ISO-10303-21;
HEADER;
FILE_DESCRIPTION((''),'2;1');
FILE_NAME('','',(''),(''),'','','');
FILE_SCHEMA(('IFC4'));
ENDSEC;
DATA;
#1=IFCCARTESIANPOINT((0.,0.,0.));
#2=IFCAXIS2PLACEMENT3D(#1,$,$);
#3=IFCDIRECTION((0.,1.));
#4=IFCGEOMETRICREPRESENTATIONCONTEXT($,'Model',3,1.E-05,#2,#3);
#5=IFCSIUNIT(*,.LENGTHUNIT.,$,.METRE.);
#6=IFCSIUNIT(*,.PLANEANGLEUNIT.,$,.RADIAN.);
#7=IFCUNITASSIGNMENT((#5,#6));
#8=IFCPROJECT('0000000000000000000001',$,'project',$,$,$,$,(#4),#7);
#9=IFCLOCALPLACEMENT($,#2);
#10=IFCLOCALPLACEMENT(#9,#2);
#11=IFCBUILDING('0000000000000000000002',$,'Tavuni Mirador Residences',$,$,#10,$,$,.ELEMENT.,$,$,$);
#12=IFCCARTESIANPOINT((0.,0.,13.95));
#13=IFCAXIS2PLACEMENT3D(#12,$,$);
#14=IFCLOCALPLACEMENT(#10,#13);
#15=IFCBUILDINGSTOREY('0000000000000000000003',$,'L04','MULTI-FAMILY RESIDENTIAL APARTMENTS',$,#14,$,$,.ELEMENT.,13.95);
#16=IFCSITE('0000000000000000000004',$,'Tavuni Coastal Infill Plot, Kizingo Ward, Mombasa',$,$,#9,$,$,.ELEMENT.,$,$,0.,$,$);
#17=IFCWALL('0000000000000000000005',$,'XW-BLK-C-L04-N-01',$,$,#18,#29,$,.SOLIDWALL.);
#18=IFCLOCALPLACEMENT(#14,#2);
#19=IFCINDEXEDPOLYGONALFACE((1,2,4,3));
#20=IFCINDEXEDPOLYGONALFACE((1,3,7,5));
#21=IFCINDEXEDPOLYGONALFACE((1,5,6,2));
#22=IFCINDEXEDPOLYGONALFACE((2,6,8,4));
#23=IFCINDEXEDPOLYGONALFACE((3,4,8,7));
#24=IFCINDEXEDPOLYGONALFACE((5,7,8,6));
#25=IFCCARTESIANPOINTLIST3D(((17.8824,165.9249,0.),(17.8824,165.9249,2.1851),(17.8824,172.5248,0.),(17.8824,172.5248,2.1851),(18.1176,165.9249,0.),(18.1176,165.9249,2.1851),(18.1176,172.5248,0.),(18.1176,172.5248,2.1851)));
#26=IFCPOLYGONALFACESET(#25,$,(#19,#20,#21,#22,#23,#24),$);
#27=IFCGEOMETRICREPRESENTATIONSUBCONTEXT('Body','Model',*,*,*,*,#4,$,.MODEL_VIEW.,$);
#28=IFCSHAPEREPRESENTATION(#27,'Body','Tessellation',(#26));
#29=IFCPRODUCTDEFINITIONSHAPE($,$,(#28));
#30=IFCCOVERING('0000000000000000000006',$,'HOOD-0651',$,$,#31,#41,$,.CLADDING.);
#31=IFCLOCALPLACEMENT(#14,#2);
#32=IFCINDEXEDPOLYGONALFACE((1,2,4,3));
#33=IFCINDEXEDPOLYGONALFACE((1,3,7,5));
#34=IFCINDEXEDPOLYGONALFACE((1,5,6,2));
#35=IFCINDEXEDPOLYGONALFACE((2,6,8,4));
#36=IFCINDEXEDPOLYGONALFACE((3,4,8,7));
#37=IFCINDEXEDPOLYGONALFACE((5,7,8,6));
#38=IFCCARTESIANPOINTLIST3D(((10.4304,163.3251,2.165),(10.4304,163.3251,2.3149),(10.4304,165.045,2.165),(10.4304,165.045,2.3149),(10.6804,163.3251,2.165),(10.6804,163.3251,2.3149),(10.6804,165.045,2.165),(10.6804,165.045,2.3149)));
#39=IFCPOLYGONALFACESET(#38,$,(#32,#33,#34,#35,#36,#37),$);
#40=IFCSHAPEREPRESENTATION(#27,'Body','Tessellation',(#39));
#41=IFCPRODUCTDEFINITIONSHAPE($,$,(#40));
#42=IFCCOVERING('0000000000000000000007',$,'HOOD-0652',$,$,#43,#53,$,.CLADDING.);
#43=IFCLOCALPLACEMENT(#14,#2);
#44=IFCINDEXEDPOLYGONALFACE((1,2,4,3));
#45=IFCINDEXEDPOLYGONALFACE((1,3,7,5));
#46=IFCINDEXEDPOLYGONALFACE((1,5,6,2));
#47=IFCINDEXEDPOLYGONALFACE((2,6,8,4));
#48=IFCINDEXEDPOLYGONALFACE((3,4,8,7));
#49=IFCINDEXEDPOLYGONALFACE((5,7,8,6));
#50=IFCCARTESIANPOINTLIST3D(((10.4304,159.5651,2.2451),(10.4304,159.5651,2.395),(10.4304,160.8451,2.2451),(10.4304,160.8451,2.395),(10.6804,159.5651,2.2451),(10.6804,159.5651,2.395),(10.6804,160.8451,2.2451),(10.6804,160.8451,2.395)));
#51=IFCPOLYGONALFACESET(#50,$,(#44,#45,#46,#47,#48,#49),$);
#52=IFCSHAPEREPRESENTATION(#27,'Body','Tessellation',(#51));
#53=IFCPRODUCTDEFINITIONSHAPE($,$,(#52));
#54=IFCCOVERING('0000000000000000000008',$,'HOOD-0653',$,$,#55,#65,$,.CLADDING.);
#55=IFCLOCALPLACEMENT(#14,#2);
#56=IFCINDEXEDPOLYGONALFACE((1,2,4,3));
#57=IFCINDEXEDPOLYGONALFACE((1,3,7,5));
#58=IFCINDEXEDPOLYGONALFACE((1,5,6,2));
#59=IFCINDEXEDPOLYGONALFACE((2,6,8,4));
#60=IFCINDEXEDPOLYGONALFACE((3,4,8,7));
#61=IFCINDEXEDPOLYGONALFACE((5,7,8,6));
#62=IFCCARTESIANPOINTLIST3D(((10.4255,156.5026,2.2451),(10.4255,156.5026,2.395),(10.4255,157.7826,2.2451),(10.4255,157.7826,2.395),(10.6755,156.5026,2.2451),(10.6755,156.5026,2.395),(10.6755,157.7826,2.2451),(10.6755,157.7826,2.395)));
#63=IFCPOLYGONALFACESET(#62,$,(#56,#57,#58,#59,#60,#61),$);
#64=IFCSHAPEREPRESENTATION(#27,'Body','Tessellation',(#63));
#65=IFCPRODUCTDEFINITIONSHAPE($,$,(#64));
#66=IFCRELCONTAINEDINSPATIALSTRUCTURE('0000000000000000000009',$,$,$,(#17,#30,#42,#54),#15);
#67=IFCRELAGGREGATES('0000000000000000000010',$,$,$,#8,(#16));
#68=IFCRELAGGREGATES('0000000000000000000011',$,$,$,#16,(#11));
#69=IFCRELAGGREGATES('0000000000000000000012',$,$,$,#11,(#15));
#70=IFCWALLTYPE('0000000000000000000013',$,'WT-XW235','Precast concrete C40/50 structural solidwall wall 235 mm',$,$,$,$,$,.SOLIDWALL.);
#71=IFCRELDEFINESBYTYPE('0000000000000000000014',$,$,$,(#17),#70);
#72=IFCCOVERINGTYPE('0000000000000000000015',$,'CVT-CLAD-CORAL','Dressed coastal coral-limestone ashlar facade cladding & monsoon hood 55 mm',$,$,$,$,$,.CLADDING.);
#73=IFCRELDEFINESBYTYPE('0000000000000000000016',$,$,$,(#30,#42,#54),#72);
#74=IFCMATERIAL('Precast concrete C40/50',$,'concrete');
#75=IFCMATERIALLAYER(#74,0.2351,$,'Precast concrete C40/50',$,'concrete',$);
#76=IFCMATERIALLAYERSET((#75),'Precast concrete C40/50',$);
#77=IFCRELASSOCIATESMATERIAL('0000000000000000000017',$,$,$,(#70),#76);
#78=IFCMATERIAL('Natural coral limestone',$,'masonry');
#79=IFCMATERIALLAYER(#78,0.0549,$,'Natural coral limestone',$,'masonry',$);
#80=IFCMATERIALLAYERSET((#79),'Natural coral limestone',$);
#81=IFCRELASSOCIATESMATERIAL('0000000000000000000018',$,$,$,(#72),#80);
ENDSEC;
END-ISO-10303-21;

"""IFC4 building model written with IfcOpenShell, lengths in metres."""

from ifc_helpers import new_model, si_unit, direction, frame, frame_2d, origin, origin_2d, place, context, subcontext, project, spatial, rectangle, extrude, material, layer, layer_set, type_object, element, save


model = new_model("IFC4")

# Units and contexts
model_context = context("Model", 3, precision=1e-05, world=origin(), true_north=direction((0.0, 1.0)))
body_context = subcontext(model_context, "Body", "Model", "MODEL_VIEW")
ifc_project = project(units=[si_unit("LENGTHUNIT", "METRE"), si_unit("PLANEANGLEUNIT", "RADIAN")], contexts=[model_context])

# Site, building, storey
site_placement = place(None, origin())
site = spatial("IfcSite", under=ifc_project, at=site_placement, Name="Tavuni Coastal Infill Plot, Kizingo Ward, Mombasa", CompositionType="ELEMENT", RefElevation=0.0)
building_placement = place(site_placement, origin())
building = spatial("IfcBuilding", under=site, at=building_placement, Name="Tavuni Mirador Residences", CompositionType="ELEMENT")
storey_placement = place(building_placement, frame((0.0, 0.0, 13.95)))
storey = spatial("IfcBuildingStorey", under=building, at=storey_placement, Name="L04", Description="MULTI-FAMILY RESIDENTIAL APARTMENTS", CompositionType="ELEMENT", Elevation=13.95)

# Shared definitions
ifc_material_1 = material(Name="Precast concrete C40/50", Category="concrete")

# Wall
ifc_layer_1 = layer(ifc_material_1, 0.2351, Name="Precast concrete C40/50", Category="concrete")
ifc_layer_set_1 = layer_set([ifc_layer_1], Name="Precast concrete C40/50")
wall_type_1 = type_object("IfcWallType", Name="WT-XW235", Description="Precast concrete C40/50 structural solidwall wall 235 mm", PredefinedType="SOLIDWALL", material=ifc_layer_set_1)
wall_1_placement = place(storey_placement, frame((18.0, 165.925, 0.0), z_axis=(0.0, 0.0, 1.0), x_axis=(0.0, 1.0, 0.0)))
element("IfcWall", 1, at=wall_1_placement, inside=storey, type_object=wall_type_1, Name="XW-BLK-C-L04-N-01", PredefinedType="SOLIDWALL", context=body_context, shape_type="SweptSolid", body=[
    extrude(rectangle(XDim=6.5999, YDim=0.2351, at=frame_2d((3.2998, 0.0))), origin(), (0.0, 0.0, 1.0), 2.1851),
])

# Coverings
ifc_material_2 = material(Name="Natural coral limestone", Category="masonry")
ifc_layer_2 = layer(ifc_material_2, 0.0549, Name="Natural coral limestone", Category="masonry")
ifc_layer_set_2 = layer_set([ifc_layer_2], Name="Natural coral limestone")
covering_type = type_object("IfcCoveringType", Name="CVT-CLAD-CORAL", Description="Dressed coastal coral-limestone ashlar facade cladding & monsoon hood 55 mm", PredefinedType="CLADDING", material=ifc_layer_set_2)
covering_placement = place(storey_placement, frame((10.5554, 164.1851, 2.165), z_axis=(0.0, 0.0, 1.0), x_axis=(0.0, -1.0, 0.0)))
element("IfcCovering", 2, at=covering_placement, inside=storey, type_object=covering_type, Name="HOOD-0651", PredefinedType="CLADDING", context=body_context, shape_type="SweptSolid", body=[
    extrude(rectangle(XDim=1.72, YDim=0.25, at=origin_2d()), origin(), (0.0, 0.0, 1.0), 0.1499),
])
for number, where, z_axis, x_axis, name in (
    (3, (10.5554, 160.2051, 2.2451), (0.0, 0.0, 1.0), (0.0, -1.0, 0.0), "HOOD-0652"),
    (4, (10.5505, 157.1426, 2.2451), (0.0, 0.0, 1.0), (0.0, -1.0, 0.0), "HOOD-0653"),
):
    element("IfcCovering", number, at=place(storey_placement, frame(where, z_axis=z_axis, x_axis=x_axis)), inside=storey, type_object=covering_type, Name=name, PredefinedType="CLADDING", context=body_context, shape_type="SweptSolid", body=[
        extrude(rectangle(XDim=1.28, YDim=0.25, at=origin_2d()), origin(), (0.0, 0.0, 1.0), 0.1499),
    ])

save(model, "model.ifc")
